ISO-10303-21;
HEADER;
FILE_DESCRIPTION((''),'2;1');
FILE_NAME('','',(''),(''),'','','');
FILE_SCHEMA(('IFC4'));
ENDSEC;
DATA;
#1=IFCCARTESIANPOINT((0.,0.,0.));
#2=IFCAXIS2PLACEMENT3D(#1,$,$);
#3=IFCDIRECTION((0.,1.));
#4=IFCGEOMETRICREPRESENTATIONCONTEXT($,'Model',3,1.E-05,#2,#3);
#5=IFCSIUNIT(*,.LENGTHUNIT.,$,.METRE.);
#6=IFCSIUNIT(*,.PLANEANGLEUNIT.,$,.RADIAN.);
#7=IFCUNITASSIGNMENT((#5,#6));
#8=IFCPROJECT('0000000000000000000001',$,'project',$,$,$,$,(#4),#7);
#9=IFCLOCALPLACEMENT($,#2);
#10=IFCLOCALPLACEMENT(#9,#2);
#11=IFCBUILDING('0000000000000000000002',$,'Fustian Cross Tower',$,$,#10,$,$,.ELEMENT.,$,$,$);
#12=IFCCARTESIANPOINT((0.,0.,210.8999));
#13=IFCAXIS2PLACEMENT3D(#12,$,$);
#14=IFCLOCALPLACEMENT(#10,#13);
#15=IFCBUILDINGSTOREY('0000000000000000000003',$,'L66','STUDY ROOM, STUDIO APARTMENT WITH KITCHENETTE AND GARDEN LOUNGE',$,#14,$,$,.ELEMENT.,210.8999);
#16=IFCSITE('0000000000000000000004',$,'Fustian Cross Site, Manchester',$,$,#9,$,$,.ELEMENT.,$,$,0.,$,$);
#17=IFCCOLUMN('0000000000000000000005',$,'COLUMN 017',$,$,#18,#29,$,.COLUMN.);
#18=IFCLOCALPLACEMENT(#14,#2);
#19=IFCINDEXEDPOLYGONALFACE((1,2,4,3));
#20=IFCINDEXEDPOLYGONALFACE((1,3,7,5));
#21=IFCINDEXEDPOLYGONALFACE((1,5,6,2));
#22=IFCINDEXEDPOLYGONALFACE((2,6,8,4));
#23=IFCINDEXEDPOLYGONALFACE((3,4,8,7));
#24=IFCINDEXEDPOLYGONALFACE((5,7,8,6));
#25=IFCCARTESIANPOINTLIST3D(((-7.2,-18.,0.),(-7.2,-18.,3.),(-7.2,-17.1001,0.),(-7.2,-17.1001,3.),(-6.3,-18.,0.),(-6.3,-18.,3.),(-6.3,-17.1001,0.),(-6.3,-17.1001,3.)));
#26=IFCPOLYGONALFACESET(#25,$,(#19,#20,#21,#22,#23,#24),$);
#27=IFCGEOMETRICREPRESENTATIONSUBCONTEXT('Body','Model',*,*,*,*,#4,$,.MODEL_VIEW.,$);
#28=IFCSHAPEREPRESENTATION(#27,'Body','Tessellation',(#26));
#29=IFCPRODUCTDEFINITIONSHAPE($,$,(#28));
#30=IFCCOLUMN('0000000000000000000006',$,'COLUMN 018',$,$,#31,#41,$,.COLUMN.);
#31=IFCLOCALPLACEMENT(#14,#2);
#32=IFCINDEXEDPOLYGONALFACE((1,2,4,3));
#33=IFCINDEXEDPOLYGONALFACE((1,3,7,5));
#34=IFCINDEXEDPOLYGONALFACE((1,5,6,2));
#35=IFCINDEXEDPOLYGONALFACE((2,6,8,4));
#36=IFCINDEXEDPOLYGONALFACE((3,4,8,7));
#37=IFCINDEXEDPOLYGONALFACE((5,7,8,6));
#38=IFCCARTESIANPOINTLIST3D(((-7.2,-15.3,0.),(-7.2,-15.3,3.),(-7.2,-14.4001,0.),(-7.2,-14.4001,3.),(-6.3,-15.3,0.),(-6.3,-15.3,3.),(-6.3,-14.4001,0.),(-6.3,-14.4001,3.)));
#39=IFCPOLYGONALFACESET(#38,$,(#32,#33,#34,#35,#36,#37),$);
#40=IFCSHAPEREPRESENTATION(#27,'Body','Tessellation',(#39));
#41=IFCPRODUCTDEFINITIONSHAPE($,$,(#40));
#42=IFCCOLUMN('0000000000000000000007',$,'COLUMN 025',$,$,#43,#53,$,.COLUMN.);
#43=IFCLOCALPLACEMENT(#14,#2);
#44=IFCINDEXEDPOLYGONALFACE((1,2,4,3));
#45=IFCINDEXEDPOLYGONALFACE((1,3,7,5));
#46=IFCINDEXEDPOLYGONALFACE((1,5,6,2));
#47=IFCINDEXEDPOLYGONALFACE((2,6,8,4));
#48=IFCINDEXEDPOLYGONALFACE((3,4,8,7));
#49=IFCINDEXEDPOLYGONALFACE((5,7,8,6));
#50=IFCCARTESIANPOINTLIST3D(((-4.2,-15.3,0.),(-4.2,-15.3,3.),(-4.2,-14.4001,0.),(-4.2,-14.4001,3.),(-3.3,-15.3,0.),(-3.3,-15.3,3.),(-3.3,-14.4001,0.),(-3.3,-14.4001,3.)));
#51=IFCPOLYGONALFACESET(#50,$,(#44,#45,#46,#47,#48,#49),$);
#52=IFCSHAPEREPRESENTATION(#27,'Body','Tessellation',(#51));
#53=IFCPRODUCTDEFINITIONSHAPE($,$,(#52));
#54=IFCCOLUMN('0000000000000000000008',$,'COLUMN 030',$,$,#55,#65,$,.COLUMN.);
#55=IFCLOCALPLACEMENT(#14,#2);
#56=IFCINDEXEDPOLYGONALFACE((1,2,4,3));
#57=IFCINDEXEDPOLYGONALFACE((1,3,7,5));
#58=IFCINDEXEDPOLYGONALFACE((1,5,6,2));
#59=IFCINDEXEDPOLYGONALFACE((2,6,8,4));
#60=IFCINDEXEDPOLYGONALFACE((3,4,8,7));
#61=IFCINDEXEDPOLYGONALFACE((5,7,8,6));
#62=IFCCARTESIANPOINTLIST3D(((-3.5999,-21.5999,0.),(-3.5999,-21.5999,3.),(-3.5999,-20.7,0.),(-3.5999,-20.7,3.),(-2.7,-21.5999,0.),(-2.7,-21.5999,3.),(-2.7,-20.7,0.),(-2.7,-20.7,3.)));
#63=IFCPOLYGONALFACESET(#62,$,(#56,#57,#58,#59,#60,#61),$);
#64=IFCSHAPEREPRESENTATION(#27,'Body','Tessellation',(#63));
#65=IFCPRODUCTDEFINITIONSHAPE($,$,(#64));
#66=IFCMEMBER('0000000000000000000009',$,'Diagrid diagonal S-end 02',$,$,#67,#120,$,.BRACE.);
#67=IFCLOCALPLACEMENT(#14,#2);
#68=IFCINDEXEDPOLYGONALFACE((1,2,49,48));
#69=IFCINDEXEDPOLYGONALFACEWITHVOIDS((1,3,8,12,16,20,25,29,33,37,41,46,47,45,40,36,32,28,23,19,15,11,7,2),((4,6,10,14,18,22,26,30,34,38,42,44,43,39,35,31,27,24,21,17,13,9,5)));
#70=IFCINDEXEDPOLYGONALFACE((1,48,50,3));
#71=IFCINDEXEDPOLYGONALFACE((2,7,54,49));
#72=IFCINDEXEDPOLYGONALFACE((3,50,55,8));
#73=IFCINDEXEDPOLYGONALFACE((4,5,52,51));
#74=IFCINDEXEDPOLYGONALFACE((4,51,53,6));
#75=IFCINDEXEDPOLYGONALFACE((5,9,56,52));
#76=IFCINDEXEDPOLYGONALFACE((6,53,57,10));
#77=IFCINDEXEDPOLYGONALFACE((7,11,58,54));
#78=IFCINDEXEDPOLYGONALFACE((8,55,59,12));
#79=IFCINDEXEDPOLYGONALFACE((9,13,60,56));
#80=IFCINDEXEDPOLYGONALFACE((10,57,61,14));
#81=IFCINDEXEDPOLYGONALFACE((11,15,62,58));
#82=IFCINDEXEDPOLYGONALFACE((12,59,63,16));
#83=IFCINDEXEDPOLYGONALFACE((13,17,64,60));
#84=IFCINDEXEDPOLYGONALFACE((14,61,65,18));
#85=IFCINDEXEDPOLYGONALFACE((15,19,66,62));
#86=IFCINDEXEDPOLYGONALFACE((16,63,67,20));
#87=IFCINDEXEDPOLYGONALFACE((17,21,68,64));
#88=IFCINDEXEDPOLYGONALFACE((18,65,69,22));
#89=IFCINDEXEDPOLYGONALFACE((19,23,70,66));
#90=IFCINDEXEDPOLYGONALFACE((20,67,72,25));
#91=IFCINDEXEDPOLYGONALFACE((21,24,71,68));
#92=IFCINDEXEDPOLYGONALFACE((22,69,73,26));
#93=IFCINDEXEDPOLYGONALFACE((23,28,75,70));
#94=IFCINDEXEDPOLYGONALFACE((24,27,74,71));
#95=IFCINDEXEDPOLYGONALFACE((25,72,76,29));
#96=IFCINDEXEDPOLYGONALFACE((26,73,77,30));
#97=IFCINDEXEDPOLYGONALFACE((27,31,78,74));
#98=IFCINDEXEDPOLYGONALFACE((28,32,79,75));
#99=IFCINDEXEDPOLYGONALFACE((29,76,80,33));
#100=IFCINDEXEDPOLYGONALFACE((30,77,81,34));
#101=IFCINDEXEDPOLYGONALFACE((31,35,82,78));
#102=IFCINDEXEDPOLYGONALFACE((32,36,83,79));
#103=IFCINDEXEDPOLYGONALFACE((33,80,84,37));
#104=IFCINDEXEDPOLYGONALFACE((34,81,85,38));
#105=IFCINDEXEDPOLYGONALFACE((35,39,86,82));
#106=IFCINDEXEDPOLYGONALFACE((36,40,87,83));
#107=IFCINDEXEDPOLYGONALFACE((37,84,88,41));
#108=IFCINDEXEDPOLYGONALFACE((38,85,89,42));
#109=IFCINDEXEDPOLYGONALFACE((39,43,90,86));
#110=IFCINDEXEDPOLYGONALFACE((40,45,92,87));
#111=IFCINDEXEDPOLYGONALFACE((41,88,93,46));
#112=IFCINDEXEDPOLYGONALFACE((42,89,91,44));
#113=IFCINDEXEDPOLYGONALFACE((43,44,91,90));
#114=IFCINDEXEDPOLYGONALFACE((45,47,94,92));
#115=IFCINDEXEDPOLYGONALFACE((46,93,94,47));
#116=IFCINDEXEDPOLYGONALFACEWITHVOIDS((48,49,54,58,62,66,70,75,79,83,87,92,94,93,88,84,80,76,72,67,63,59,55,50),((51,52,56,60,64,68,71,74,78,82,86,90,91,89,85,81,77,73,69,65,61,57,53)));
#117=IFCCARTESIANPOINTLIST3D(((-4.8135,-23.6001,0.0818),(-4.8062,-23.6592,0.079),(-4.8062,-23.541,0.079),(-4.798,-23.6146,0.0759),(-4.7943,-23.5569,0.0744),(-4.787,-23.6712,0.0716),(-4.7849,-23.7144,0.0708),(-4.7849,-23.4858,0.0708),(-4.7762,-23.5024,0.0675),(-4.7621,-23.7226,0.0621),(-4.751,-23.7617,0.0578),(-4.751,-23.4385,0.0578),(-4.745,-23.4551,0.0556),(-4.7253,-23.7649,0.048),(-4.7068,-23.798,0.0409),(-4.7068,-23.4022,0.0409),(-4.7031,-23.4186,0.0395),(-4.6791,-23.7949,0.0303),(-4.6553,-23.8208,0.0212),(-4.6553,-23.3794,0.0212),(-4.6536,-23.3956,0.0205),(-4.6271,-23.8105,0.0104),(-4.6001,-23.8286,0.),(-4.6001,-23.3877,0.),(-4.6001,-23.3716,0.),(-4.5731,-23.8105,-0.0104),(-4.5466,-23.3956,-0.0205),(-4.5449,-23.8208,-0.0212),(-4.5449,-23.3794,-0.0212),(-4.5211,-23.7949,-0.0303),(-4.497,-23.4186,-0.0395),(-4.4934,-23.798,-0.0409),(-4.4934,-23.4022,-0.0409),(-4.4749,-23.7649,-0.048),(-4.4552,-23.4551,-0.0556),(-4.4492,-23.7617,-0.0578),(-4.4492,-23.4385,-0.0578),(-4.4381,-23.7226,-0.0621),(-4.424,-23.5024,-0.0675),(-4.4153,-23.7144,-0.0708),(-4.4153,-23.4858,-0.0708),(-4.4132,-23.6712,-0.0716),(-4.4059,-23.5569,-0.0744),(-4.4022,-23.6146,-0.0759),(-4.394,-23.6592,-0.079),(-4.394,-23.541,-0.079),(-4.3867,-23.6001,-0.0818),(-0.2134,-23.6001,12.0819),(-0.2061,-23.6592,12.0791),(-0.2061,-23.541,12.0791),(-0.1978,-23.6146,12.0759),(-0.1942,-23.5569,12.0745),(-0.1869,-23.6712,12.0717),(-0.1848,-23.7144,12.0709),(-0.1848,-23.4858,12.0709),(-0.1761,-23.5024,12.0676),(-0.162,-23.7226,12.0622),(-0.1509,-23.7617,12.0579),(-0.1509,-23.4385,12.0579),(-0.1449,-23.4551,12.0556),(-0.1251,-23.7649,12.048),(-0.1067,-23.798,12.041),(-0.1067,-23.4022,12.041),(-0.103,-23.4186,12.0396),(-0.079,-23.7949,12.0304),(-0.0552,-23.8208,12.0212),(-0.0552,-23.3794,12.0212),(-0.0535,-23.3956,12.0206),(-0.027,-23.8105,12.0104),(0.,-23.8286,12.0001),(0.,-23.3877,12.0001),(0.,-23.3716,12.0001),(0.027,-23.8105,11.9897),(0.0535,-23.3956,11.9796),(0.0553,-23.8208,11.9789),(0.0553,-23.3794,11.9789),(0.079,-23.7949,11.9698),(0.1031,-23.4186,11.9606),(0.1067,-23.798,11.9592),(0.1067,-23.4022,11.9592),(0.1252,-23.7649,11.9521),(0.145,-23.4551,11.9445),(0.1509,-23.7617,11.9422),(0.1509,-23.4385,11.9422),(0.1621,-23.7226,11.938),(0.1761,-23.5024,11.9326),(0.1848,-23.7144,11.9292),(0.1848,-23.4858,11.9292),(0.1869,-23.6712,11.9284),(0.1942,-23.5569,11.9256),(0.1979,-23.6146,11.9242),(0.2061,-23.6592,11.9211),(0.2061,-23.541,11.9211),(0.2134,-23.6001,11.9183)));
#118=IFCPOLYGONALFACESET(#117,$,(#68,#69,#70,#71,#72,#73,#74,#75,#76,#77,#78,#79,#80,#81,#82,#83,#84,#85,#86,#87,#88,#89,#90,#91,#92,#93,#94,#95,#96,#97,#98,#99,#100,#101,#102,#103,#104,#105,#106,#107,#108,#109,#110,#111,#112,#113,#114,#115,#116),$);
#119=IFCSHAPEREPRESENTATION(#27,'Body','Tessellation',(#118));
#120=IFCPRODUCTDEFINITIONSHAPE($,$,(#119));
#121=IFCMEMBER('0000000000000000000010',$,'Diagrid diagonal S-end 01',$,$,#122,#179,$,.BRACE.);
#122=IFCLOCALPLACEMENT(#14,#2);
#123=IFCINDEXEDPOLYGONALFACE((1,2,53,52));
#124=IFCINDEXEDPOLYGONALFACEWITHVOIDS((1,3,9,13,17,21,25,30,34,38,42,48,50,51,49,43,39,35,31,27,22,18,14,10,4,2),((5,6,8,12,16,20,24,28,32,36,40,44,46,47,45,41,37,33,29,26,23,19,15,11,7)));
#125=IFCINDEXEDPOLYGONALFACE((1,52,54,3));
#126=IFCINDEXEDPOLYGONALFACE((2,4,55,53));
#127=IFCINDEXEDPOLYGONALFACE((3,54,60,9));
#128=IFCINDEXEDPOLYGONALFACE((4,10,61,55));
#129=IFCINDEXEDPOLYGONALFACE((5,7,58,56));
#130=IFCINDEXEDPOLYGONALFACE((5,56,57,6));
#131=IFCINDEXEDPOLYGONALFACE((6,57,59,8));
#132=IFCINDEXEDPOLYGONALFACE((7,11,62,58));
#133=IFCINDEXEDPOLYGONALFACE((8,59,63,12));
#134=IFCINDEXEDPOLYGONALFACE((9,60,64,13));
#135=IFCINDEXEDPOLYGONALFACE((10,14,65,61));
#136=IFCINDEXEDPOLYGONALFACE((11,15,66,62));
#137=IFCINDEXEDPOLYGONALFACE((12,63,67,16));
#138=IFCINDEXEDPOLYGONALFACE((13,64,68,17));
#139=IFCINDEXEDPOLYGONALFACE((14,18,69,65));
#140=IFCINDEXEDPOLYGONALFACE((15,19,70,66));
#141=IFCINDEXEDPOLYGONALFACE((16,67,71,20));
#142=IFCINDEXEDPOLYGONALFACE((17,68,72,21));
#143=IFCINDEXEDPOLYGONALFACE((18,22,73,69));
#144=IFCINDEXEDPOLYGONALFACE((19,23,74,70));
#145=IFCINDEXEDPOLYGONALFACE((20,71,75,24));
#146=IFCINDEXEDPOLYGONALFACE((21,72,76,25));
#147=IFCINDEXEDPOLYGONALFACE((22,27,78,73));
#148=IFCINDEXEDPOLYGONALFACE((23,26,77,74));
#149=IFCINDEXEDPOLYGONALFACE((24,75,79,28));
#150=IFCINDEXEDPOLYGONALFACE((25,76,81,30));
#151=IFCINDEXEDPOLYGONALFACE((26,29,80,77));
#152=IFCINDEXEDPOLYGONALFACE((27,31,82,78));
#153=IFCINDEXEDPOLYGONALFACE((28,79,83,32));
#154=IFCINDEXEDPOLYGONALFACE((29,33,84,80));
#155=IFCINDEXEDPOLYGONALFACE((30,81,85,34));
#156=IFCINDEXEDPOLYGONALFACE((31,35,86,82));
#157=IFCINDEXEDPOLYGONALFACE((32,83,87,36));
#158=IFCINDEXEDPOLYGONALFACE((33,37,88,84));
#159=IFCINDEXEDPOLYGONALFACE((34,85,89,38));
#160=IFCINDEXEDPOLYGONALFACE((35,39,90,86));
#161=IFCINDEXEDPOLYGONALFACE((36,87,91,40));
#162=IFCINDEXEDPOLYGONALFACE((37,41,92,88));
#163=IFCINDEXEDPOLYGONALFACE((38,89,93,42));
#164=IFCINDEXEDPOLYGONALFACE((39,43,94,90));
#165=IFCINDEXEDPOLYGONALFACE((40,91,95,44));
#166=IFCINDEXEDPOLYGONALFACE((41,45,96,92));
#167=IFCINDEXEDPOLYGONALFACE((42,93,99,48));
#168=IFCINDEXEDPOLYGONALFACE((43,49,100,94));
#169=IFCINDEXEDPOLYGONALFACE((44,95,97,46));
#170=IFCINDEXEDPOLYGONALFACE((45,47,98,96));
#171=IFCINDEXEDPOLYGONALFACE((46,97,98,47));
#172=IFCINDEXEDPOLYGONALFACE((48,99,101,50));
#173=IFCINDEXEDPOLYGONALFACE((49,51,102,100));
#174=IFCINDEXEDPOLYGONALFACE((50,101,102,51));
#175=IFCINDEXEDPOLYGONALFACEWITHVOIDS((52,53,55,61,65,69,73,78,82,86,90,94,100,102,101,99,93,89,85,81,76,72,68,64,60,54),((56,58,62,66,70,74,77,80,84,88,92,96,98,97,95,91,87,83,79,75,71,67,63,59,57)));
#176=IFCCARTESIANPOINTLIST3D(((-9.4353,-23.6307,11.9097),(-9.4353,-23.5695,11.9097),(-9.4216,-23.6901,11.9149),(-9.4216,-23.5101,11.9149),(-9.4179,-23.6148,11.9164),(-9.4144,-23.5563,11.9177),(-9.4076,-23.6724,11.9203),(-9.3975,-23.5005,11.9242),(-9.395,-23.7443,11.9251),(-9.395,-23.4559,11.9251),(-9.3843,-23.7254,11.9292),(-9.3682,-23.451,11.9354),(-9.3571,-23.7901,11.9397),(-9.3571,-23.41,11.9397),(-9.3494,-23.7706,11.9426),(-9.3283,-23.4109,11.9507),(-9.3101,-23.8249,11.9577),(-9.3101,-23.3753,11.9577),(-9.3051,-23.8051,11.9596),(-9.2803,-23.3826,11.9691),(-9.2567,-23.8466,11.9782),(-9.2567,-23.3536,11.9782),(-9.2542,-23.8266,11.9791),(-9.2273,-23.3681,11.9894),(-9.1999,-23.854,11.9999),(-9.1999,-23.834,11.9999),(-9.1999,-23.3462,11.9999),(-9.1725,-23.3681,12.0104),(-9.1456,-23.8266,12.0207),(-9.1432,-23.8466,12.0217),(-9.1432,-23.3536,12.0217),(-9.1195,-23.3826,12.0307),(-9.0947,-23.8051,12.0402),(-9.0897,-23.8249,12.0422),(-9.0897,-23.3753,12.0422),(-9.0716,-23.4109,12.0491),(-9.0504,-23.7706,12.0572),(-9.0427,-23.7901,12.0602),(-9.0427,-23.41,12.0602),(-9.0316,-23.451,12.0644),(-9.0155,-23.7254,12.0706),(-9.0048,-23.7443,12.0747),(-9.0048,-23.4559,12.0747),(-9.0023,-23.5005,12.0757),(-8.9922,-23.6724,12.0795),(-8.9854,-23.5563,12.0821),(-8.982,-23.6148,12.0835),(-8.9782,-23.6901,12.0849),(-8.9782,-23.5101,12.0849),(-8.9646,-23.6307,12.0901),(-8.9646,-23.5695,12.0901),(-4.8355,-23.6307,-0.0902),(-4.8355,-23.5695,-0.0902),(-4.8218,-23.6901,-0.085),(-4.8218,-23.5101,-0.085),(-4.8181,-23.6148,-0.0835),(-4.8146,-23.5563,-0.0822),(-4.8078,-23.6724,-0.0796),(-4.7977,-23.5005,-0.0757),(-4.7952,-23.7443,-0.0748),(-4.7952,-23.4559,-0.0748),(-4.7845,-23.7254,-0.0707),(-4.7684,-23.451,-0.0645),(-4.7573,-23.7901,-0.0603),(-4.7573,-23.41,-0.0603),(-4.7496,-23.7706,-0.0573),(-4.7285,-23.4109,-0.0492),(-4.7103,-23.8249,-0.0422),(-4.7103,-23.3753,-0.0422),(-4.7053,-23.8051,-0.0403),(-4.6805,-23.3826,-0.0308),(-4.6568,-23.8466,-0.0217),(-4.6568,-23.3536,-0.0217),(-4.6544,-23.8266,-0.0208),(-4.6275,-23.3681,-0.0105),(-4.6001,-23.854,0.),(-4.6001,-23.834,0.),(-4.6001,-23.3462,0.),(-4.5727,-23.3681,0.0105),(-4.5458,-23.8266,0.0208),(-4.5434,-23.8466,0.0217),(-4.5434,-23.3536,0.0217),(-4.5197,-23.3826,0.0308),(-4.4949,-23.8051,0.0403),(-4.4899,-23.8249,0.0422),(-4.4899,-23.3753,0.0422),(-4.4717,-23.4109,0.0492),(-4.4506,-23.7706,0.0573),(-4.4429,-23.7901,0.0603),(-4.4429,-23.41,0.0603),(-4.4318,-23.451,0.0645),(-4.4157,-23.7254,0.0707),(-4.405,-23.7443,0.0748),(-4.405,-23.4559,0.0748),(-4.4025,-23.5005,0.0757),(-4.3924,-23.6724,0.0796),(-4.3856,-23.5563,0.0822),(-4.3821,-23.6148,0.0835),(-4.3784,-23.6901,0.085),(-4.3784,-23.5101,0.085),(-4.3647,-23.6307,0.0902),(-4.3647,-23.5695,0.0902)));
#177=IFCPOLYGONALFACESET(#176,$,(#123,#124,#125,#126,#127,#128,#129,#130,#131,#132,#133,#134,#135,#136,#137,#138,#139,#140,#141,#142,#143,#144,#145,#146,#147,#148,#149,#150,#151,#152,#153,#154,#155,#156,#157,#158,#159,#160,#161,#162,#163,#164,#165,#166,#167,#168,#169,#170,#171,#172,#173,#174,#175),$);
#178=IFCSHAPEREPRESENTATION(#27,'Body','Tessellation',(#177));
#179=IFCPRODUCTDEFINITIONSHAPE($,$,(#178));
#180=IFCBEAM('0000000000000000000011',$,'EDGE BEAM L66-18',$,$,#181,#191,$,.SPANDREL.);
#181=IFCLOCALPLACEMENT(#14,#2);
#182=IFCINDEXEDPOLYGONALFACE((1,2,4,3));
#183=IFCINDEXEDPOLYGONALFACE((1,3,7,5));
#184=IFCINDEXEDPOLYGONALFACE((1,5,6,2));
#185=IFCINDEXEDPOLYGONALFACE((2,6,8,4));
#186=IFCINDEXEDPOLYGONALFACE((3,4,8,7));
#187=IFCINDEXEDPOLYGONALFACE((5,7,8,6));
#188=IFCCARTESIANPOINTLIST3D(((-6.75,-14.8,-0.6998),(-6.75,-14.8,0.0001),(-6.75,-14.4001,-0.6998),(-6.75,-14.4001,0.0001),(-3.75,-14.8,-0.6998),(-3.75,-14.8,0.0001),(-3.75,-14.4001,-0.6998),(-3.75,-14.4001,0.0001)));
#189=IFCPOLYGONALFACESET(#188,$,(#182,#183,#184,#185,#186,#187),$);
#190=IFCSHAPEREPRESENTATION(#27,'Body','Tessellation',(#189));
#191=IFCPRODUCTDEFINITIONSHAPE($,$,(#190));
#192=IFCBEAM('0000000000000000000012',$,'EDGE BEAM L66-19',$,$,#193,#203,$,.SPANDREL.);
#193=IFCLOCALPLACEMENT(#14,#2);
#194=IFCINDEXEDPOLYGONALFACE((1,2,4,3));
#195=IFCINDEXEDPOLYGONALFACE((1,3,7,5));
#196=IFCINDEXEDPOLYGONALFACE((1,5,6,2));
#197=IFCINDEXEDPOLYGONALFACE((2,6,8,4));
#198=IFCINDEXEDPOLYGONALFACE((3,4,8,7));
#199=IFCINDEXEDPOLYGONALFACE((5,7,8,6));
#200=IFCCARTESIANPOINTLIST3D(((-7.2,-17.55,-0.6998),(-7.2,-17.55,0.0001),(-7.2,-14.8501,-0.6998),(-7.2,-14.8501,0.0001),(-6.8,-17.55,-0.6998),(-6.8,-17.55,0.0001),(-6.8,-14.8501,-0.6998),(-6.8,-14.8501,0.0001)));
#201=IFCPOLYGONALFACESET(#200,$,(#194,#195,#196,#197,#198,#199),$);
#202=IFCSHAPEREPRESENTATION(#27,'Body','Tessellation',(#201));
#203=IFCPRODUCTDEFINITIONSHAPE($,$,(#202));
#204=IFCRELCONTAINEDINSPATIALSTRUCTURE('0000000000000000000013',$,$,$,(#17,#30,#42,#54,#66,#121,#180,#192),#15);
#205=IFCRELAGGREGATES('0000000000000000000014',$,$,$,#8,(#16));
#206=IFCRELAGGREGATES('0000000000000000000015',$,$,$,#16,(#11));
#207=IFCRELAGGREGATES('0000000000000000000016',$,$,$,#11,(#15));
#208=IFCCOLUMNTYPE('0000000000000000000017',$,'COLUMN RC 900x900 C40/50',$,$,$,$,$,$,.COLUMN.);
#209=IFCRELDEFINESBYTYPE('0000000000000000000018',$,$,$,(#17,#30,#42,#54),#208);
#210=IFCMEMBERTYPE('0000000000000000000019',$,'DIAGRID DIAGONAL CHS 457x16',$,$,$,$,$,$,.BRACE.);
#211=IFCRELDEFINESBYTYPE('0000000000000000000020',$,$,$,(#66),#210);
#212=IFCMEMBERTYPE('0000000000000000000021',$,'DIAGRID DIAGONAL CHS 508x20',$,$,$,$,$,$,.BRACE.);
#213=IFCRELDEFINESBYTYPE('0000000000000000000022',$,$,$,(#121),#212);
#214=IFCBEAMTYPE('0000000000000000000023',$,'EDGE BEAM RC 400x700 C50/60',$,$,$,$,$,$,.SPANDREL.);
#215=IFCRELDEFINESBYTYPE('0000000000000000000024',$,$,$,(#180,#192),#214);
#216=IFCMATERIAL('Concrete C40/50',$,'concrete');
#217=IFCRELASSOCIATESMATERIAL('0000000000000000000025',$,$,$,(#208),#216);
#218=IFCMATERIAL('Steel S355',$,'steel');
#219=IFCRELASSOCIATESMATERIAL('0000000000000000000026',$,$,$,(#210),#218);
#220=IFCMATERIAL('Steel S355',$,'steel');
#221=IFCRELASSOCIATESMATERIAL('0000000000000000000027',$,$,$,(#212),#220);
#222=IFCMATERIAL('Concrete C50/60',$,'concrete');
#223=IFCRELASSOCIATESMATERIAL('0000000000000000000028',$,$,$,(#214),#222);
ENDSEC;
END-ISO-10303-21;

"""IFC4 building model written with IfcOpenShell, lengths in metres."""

from ifc_helpers import new_model, si_unit, direction, frame, origin, origin_2d, place, context, subcontext, project, spatial, rectangle, hollow_circle, extrude, material, material_profile, profile_set, type_object, element, save


model = new_model("IFC4")

# Units and contexts
model_context = context("Model", 3, precision=1e-05, world=origin(), true_north=direction((0.0, 1.0)))
body_context = subcontext(model_context, "Body", "Model", "MODEL_VIEW")
ifc_project = project(units=[si_unit("LENGTHUNIT", "METRE"), si_unit("PLANEANGLEUNIT", "RADIAN")], contexts=[model_context])

# Site, building, storey
site_placement = place(None, origin())
site = spatial("IfcSite", under=ifc_project, at=site_placement, Name="Fustian Cross Site, Manchester", CompositionType="ELEMENT", RefElevation=0.0)
building_placement = place(site_placement, origin())
building = spatial("IfcBuilding", under=site, at=building_placement, Name="Fustian Cross Tower", CompositionType="ELEMENT")
storey_placement = place(building_placement, frame((0.0, 0.0, 210.8999)))
storey = spatial("IfcBuildingStorey", under=building, at=storey_placement, Name="L66", Description="STUDY ROOM, STUDIO APARTMENT WITH KITCHENETTE AND GARDEN LOUNGE", CompositionType="ELEMENT", Elevation=210.8999)

# Columns
ifc_material_1 = material(Name="Concrete C40/50", Category="concrete")
ifc_material_profile_1 = material_profile(ifc_material_1, rectangle(XDim=0.8999, YDim=0.8999, at=origin_2d()), Name="RC 900x900")
ifc_profile_set_1 = profile_set([ifc_material_profile_1], Name="Concrete C40/50")
column_type = type_object("IfcColumnType", Name="COLUMN RC 900x900 C40/50", PredefinedType="COLUMN", material=ifc_profile_set_1)
for number, where, z_axis, x_axis, name in (
    (1, (-6.75, -17.55, 0.0), (0.0, 0.0, 1.0), (1.0, 0.0, 0.0), "COLUMN 017"),
    (2, (-6.75, -14.8501, 0.0), (0.0, 0.0, 1.0), (1.0, 0.0, 0.0), "COLUMN 018"),
    (3, (-3.75, -14.8501, 0.0), (0.0, 0.0, 1.0), (1.0, 0.0, 0.0), "COLUMN 025"),
    (4, (-3.1499, -21.1499, 0.0), (0.0, 0.0, 1.0), (1.0, 0.0, 0.0), "COLUMN 030"),
):
    element("IfcColumn", number, at=place(storey_placement, frame(where, z_axis=z_axis, x_axis=x_axis)), inside=storey, type_object=column_type, Name=name, PredefinedType="COLUMN", context=body_context, shape_type="SweptSolid", body=[
        extrude(rectangle(XDim=0.8999, YDim=0.8999, at=origin_2d()), origin(), (0.0, 0.0, 1.0), 3.0),
    ])

# Members
ifc_material_2 = material(Name="Steel S355", Category="steel")
ifc_material_profile_2 = material_profile(ifc_material_2, hollow_circle(Radius=0.2285, WallThickness=0.0161, at=origin_2d()), Name="CHS 457x16")
ifc_profile_set_2 = profile_set([ifc_material_profile_2], Name="Steel S355")
member_type_1 = type_object("IfcMemberType", Name="DIAGRID DIAGONAL CHS 457x16", PredefinedType="BRACE", material=ifc_profile_set_2)
member_1_placement = place(storey_placement, frame((-4.6001, -23.6001, 0.0), z_axis=(0.357943, 0.0, 0.933744), x_axis=(0.0, 1.0, 0.0)))
element("IfcMember", 5, at=member_1_placement, inside=storey, type_object=member_type_1, Name="Diagrid diagonal S-end 02", PredefinedType="BRACE", context=body_context, shape_type="SweptSolid", body=[
    extrude(hollow_circle(Radius=0.2285, WallThickness=0.0161, at=origin_2d()), origin(), (0.0, 0.0, 1.0), 12.8516),
])
ifc_material_3 = material(Name="Steel S355", Category="steel")
ifc_material_profile_3 = material_profile(ifc_material_3, hollow_circle(Radius=0.2539, WallThickness=0.02, at=origin_2d()), Name="CHS 508x20")
ifc_profile_set_3 = profile_set([ifc_material_profile_3], Name="Steel S355")
member_type_2 = type_object("IfcMemberType", Name="DIAGRID DIAGONAL CHS 508x20", PredefinedType="BRACE", material=ifc_profile_set_3)
member_2_placement = place(storey_placement, frame((-4.6001, -23.6001, 0.0), z_axis=(-0.357926, 0.0, 0.93375), x_axis=(0.0, -1.0, 0.0)))
element("IfcMember", 6, at=member_2_placement, inside=storey, type_object=member_type_2, Name="Diagrid diagonal S-end 01", PredefinedType="BRACE", context=body_context, shape_type="SweptSolid", body=[
    extrude(hollow_circle(Radius=0.2539, WallThickness=0.02, at=origin_2d()), origin(), (0.0, 0.0, 1.0), 12.8513),
])

# Beams
ifc_material_4 = material(Name="Concrete C50/60", Category="concrete")
ifc_material_profile_4 = material_profile(ifc_material_4, rectangle(XDim=0.3999, YDim=0.7, at=origin_2d()), Name="RC 400x700")
ifc_profile_set_4 = profile_set([ifc_material_profile_4], Name="Concrete C50/60")
beam_type = type_object("IfcBeamType", Name="EDGE BEAM RC 400x700 C50/60", PredefinedType="SPANDREL", material=ifc_profile_set_4)
beam_1_placement = place(storey_placement, frame((-3.75, -14.6001, -0.3499), z_axis=(-1.0, 0.0, 0.0), x_axis=(0.0, -1.0, 0.0)))
element("IfcBeam", 7, at=beam_1_placement, inside=storey, type_object=beam_type, Name="EDGE BEAM L66-18", PredefinedType="SPANDREL", context=body_context, shape_type="SweptSolid", body=[
    extrude(rectangle(XDim=0.3999, YDim=0.7, at=origin_2d()), origin(), (0.0, 0.0, 1.0), 3.0),
])
beam_2_placement = place(storey_placement, frame((-7.0, -14.8501, -0.3499), z_axis=(0.0, -1.0, 0.0), x_axis=(1.0, 0.0, 0.0)))
element("IfcBeam", 8, at=beam_2_placement, inside=storey, type_object=beam_type, Name="EDGE BEAM L66-19", PredefinedType="SPANDREL", context=body_context, shape_type="SweptSolid", body=[
    extrude(rectangle(XDim=0.3999, YDim=0.7, at=origin_2d()), origin(), (0.0, 0.0, 1.0), 2.7),
])

save(model, "model.ifc")
